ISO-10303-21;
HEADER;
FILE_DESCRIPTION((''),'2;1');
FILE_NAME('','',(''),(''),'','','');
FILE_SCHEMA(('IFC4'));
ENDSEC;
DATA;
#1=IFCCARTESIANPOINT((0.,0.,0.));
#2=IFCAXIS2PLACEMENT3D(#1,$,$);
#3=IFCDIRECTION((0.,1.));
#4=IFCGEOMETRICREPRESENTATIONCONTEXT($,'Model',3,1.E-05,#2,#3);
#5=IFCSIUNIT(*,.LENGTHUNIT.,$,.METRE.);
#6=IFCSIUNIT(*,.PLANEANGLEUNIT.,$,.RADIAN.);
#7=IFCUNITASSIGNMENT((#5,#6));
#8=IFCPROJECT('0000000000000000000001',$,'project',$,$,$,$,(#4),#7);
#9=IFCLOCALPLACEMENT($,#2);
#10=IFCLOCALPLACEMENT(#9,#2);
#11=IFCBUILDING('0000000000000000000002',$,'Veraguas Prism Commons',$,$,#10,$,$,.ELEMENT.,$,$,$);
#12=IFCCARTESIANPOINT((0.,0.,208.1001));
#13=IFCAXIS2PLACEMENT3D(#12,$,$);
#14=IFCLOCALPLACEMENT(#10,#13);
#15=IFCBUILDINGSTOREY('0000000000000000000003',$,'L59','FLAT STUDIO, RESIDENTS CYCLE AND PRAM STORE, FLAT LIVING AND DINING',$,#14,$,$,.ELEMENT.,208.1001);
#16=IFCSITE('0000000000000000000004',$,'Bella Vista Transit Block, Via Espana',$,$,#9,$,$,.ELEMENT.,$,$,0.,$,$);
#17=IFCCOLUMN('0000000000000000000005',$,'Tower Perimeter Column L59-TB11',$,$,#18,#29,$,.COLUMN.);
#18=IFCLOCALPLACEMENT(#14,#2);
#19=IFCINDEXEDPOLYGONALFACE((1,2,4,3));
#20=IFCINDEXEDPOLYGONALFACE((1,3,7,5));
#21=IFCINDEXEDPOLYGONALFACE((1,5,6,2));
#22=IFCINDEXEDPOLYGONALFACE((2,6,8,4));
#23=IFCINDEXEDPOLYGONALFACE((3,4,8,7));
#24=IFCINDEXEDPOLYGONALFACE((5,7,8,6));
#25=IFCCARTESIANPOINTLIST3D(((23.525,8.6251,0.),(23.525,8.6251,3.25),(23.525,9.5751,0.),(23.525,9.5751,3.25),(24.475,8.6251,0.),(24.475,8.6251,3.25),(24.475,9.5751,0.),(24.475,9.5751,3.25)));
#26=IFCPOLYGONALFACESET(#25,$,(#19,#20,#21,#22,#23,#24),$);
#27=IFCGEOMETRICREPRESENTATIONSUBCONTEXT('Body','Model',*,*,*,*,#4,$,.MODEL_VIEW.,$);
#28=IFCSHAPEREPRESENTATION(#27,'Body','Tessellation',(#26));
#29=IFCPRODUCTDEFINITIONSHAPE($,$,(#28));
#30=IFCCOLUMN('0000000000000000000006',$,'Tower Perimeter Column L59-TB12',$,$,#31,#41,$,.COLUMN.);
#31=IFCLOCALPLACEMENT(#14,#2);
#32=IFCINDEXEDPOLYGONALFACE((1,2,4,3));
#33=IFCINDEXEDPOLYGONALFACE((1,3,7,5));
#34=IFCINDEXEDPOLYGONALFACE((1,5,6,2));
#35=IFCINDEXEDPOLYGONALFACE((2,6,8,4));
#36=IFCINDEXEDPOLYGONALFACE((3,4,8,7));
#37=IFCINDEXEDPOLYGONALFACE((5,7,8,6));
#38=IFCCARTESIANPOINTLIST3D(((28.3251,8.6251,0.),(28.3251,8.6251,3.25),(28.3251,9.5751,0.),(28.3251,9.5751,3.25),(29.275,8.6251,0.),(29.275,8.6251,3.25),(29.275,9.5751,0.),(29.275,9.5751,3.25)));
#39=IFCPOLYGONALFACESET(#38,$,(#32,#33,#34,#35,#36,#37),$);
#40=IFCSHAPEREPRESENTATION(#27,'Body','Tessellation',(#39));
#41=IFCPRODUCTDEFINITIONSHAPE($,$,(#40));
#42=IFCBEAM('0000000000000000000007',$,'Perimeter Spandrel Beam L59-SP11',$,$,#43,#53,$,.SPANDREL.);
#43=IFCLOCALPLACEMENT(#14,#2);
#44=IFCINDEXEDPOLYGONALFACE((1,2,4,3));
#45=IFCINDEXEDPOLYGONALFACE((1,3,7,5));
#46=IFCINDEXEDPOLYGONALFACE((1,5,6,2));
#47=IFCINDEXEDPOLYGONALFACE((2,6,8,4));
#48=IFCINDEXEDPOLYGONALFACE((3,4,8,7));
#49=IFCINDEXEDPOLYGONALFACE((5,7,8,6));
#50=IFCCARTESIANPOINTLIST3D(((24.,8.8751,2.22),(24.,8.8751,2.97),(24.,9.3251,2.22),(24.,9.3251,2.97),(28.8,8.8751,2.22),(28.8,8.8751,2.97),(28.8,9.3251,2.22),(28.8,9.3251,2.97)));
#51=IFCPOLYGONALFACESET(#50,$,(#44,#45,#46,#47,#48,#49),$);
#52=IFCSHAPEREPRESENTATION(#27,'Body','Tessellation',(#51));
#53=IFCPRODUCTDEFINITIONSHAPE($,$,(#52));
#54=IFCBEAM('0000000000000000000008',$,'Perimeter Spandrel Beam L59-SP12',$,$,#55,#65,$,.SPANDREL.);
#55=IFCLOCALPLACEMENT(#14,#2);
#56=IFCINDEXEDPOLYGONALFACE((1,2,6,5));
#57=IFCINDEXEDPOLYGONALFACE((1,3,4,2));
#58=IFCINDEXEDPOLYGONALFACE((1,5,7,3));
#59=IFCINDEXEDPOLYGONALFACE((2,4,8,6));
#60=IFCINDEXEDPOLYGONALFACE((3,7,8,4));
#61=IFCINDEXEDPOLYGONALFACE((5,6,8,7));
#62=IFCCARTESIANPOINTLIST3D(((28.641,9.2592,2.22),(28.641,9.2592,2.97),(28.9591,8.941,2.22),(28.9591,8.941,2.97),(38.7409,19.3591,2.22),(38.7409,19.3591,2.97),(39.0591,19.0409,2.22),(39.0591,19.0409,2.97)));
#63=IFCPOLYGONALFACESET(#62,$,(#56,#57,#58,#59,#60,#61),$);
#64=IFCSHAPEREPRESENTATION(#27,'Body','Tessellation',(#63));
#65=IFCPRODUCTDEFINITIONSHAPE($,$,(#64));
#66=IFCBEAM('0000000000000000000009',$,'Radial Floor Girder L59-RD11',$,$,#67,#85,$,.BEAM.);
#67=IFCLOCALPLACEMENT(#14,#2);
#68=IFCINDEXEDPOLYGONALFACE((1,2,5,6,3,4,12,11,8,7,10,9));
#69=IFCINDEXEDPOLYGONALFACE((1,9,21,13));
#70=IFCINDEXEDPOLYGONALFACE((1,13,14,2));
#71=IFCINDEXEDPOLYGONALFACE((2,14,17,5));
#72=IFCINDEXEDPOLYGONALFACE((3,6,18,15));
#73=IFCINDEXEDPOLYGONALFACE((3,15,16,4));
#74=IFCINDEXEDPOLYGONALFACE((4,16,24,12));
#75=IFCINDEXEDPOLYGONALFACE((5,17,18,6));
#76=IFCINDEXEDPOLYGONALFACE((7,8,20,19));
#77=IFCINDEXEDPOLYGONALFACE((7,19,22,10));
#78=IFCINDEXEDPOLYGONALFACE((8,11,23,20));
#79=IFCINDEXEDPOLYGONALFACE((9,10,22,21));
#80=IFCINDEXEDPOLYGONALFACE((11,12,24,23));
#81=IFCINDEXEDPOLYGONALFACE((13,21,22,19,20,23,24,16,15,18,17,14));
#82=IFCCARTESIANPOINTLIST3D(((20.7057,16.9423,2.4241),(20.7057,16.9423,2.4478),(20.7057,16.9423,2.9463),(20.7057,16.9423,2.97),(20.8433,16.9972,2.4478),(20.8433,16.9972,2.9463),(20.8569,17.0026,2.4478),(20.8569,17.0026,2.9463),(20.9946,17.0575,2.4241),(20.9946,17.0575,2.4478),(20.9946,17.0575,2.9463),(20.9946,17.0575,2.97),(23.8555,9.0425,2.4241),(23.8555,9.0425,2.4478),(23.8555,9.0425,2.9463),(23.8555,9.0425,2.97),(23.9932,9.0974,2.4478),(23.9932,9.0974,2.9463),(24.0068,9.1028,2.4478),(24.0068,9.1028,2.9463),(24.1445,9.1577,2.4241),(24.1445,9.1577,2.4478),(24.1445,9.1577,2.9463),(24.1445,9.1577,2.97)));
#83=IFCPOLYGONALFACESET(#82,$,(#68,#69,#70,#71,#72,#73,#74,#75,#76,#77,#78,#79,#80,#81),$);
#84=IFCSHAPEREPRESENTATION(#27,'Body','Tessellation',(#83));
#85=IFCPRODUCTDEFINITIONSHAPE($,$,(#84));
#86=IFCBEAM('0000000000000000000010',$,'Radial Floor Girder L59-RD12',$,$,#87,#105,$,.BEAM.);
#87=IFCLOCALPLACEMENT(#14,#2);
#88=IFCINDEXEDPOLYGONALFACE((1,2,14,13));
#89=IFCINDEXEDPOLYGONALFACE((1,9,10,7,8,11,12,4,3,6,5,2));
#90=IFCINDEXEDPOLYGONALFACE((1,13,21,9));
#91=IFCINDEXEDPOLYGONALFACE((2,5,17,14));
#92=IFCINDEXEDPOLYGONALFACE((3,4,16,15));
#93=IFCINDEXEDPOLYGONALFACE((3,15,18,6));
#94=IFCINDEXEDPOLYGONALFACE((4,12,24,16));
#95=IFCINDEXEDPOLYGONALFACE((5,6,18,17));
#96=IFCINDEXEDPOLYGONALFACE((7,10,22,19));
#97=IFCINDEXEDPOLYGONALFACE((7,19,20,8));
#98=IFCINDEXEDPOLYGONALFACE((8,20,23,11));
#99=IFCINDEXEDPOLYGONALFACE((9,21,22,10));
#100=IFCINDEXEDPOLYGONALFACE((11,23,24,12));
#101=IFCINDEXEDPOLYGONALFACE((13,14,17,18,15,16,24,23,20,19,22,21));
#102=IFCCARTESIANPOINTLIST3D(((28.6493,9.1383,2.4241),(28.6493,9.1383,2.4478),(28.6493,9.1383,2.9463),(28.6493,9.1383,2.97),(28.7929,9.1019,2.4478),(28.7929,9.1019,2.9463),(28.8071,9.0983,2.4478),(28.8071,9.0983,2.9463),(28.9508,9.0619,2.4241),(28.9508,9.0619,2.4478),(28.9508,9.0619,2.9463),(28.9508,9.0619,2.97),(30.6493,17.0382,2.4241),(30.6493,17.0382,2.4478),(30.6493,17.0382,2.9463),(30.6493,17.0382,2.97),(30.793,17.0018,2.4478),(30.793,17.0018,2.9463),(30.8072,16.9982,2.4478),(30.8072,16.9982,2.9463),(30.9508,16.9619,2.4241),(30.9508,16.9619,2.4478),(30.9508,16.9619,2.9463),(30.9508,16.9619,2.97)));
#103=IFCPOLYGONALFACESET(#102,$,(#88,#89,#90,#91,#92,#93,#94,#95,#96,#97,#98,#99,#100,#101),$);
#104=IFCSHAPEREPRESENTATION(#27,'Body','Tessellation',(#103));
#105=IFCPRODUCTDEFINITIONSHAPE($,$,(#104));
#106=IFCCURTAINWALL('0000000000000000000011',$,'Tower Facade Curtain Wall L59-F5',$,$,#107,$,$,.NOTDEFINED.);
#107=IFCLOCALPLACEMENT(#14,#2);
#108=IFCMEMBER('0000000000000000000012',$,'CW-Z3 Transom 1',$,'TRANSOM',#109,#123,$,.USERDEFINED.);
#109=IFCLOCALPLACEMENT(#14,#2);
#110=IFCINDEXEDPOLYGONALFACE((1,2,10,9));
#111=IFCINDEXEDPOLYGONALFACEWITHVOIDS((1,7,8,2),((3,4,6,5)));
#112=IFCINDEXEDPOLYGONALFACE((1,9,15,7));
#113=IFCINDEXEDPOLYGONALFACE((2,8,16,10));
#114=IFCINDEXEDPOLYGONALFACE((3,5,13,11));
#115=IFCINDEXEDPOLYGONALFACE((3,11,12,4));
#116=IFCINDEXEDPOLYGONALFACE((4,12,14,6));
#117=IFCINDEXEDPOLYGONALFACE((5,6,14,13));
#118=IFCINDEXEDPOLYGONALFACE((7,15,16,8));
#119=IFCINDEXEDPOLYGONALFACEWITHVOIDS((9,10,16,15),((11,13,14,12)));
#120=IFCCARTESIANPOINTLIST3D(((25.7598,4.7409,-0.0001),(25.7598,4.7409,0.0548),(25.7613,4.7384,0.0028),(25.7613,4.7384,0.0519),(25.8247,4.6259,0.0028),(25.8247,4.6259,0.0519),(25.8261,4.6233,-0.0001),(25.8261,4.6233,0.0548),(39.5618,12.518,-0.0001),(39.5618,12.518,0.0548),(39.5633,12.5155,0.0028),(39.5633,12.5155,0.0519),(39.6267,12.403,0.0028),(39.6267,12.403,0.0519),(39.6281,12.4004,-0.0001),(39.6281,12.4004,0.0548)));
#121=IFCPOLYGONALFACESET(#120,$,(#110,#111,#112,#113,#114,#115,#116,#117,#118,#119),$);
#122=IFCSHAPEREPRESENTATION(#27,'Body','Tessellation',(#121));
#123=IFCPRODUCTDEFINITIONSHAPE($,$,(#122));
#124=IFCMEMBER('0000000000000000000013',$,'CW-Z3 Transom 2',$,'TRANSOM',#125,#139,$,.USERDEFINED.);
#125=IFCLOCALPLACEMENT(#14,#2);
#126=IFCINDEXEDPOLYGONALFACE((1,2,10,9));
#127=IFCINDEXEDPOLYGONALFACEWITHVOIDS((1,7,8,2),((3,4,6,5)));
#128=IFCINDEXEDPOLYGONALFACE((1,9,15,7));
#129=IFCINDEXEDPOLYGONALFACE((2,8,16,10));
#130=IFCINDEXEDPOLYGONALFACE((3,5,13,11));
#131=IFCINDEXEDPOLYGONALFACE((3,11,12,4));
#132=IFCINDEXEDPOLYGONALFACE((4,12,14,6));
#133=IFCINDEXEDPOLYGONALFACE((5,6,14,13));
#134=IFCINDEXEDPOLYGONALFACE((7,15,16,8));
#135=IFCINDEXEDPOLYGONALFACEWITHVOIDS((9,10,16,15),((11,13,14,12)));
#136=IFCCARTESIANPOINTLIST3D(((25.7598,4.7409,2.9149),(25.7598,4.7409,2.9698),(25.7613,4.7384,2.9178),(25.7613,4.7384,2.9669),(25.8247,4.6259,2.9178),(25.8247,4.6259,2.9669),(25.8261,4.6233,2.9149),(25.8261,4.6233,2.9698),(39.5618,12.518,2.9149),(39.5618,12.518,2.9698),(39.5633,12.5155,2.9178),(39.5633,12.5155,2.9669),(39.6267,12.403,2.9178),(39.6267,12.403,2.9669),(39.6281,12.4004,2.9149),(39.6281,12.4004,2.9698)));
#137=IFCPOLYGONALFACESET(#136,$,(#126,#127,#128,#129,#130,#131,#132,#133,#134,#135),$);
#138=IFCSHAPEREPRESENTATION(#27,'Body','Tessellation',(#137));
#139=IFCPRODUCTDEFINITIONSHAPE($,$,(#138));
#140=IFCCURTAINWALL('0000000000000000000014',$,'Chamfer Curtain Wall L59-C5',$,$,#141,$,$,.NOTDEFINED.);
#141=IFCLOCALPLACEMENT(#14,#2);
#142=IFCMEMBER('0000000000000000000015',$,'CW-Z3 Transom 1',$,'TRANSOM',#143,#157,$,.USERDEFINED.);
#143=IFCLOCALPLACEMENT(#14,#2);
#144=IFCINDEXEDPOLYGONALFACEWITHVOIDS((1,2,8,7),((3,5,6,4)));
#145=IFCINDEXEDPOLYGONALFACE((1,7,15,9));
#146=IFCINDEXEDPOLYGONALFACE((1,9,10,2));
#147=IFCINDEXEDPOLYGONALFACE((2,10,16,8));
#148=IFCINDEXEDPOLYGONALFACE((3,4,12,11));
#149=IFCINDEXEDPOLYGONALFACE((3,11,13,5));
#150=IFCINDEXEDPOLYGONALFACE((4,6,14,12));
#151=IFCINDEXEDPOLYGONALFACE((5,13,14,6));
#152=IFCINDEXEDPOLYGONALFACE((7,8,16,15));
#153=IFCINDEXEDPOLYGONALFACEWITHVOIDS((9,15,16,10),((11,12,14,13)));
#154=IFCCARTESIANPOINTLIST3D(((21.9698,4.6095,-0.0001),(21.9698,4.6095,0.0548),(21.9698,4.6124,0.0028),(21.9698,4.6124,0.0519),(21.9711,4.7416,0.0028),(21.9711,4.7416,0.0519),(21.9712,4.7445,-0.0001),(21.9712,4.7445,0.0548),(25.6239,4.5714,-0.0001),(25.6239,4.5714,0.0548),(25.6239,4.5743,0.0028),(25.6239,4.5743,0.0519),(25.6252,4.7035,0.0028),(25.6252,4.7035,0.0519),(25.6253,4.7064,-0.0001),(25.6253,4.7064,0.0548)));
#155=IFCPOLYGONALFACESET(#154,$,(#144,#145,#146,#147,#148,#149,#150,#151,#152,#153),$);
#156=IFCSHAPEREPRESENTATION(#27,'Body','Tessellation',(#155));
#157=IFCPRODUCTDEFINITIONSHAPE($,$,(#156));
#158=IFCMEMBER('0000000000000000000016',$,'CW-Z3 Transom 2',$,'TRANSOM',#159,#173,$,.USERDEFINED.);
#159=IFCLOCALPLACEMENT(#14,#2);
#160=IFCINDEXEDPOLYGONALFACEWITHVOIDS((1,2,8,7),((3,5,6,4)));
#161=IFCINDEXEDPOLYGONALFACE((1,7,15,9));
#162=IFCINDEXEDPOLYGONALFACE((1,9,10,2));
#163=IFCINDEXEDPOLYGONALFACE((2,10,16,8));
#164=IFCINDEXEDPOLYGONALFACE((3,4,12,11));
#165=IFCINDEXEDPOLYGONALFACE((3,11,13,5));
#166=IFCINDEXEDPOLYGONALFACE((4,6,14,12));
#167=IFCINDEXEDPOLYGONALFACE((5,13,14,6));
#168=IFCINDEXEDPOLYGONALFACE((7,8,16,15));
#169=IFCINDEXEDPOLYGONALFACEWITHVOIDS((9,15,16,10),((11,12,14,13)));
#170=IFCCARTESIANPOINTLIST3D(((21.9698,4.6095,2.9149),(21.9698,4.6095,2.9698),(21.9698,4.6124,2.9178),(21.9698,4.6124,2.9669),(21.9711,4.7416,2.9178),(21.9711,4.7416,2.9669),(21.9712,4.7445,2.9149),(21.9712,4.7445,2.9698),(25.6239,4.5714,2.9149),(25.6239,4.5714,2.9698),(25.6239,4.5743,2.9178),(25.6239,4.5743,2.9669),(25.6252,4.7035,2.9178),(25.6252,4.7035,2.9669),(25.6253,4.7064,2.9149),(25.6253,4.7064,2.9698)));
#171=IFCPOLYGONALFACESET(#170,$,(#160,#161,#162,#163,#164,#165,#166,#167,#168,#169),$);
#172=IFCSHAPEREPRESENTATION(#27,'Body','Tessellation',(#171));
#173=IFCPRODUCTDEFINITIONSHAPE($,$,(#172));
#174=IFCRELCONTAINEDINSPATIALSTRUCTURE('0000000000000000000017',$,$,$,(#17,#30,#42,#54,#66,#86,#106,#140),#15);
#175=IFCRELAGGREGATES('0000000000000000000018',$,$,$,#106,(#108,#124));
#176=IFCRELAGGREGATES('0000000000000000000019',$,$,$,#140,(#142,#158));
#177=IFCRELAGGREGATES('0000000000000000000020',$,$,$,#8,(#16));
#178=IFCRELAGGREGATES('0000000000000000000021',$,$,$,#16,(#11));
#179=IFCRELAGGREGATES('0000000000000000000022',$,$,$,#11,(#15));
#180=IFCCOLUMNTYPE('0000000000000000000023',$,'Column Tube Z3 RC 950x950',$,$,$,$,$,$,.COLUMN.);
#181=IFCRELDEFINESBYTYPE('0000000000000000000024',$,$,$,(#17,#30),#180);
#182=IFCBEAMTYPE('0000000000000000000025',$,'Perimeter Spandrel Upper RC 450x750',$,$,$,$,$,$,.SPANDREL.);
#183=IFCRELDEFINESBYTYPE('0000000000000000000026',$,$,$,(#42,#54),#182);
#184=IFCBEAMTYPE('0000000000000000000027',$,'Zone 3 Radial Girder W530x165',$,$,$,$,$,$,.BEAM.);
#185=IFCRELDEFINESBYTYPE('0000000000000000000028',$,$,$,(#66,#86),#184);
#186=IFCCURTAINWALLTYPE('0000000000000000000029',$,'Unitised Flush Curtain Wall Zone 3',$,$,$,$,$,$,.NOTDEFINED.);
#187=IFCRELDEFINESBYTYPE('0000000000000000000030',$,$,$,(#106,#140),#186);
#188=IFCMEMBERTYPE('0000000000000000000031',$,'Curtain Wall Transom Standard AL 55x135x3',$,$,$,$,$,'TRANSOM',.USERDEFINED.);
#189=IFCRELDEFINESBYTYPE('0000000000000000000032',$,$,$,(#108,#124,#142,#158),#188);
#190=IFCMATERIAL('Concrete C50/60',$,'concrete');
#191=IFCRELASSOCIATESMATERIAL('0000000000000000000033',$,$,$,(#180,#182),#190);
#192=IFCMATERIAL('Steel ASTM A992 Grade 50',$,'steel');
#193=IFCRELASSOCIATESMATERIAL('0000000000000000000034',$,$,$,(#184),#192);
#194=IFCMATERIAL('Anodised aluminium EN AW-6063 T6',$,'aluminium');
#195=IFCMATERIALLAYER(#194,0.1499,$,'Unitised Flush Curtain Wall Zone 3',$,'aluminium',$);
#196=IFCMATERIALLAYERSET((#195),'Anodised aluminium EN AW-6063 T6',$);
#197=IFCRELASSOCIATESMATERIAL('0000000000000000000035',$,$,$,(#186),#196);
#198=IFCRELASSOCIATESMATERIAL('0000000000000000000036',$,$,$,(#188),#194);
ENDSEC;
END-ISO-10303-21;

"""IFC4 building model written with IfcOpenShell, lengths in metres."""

from ifc_helpers import new_model, si_unit, direction, frame, origin, origin_2d, place, context, subcontext, project, spatial, rectangle, hollow_rectangle, i_section, extrude, source, transform, mapped, material, layer, layer_set, material_profile, profile_set, type_object, element, aggregate, save


model = new_model("IFC4")

# Units and contexts
model_context = context("Model", 3, precision=1e-05, world=origin(), true_north=direction((0.0, 1.0)))
body_context = subcontext(model_context, "Body", "Model", "MODEL_VIEW")
ifc_project = project(units=[si_unit("LENGTHUNIT", "METRE"), si_unit("PLANEANGLEUNIT", "RADIAN")], contexts=[model_context])

# Site, building, storey
site_placement = place(None, origin())
site = spatial("IfcSite", under=ifc_project, at=site_placement, Name="Bella Vista Transit Block, Via Espana", CompositionType="ELEMENT", RefElevation=0.0)
building_placement = place(site_placement, origin())
building = spatial("IfcBuilding", under=site, at=building_placement, Name="Veraguas Prism Commons", CompositionType="ELEMENT")
storey_placement = place(building_placement, frame((0.0, 0.0, 208.1001)))
storey = spatial("IfcBuildingStorey", under=building, at=storey_placement, Name="L59", Description="FLAT STUDIO, RESIDENTS CYCLE AND PRAM STORE, FLAT LIVING AND DINING", CompositionType="ELEMENT", Elevation=208.1001)

# Columns
ifc_material_1 = material(Name="Concrete C50/60", Category="concrete")
ifc_material_profile_1 = material_profile(ifc_material_1, rectangle(XDim=0.95, YDim=0.95, at=origin_2d()), Name="RC950X950")
ifc_profile_set_1 = profile_set([ifc_material_profile_1], Name="Concrete C50/60")
column_type = type_object("IfcColumnType", Name="Column Tube Z3 RC 950x950", PredefinedType="COLUMN", material=ifc_profile_set_1)
for number, where, z_axis, x_axis, name in (
    (1, (24.0, 9.1001, 0.0), (0.0, 0.0, 1.0), (1.0, 0.0, 0.0), "Tower Perimeter Column L59-TB11"),
    (2, (28.8, 9.1001, 0.0), (0.0, 0.0, 1.0), (1.0, 0.0, 0.0), "Tower Perimeter Column L59-TB12"),
):
    element("IfcColumn", number, at=place(storey_placement, frame(where, z_axis=z_axis, x_axis=x_axis)), inside=storey, type_object=column_type, Name=name, PredefinedType="COLUMN", context=body_context, shape_type="SweptSolid", body=[
        extrude(rectangle(XDim=0.95, YDim=0.95, at=origin_2d()), origin(), (0.0, 0.0, 1.0), 3.25),
    ])

# Beams
ifc_material_profile_2 = material_profile(ifc_material_1, rectangle(XDim=0.45, YDim=0.75, at=origin_2d()), Name="RC450X750")
ifc_profile_set_2 = profile_set([ifc_material_profile_2], Name="Concrete C50/60")
beam_type_1 = type_object("IfcBeamType", Name="Perimeter Spandrel Upper RC 450x750", PredefinedType="SPANDREL", material=ifc_profile_set_2)
beam_1_placement = place(storey_placement, frame((24.0, 9.1001, 2.595), z_axis=(1.0, 0.0, 0.0), x_axis=(0.0, 1.0, 0.0)))
element("IfcBeam", 3, at=beam_1_placement, inside=storey, type_object=beam_type_1, Name="Perimeter Spandrel Beam L59-SP11", PredefinedType="SPANDREL", context=body_context, shape_type="SweptSolid", body=[
    extrude(rectangle(XDim=0.45, YDim=0.75, at=origin_2d()), origin(), (0.0, 0.0, 1.0), 4.8),
])
beam_2_placement = place(storey_placement, frame((28.8, 9.1001, 2.595), z_axis=(0.707107, 0.707107, 0.0), x_axis=(-0.707107, 0.707107, 0.0)))
element("IfcBeam", 4, at=beam_2_placement, inside=storey, type_object=beam_type_1, Name="Perimeter Spandrel Beam L59-SP12", PredefinedType="SPANDREL", context=body_context, shape_type="SweptSolid", body=[
    extrude(rectangle(XDim=0.45, YDim=0.75, at=origin_2d()), origin(), (0.0, 0.0, 1.0), 14.2834),
])
ifc_material_2 = material(Name="Steel ASTM A992 Grade 50", Category="steel")
ifc_material_profile_3 = material_profile(ifc_material_2, i_section(OverallWidth=0.311, OverallDepth=0.5459, WebThickness=0.0146, FlangeThickness=0.0237, at=origin_2d()), Name="W530X165")
ifc_profile_set_3 = profile_set([ifc_material_profile_3], Name="Steel ASTM A992 Grade 50")
beam_type_2 = type_object("IfcBeamType", Name="Zone 3 Radial Girder W530x165", PredefinedType="BEAM", material=ifc_profile_set_3)
beam_3_placement = place(storey_placement, frame((24.0, 9.1001, 2.697), z_axis=(-0.370371, 0.928884, 0.0), x_axis=(-0.928884, -0.370371, 0.0)))
element("IfcBeam", 5, at=beam_3_placement, inside=storey, type_object=beam_type_2, Name="Radial Floor Girder L59-RD11", PredefinedType="BEAM", context=body_context, shape_type="SweptSolid", body=[
    extrude(i_section(OverallWidth=0.311, OverallDepth=0.5459, WebThickness=0.0146, FlangeThickness=0.0237, at=origin_2d()), origin(), (0.0, 0.0, 1.0), 8.5046),
])
beam_4_placement = place(storey_placement, frame((28.8, 9.1001, 2.697), z_axis=(0.245425, 0.969416, 0.0), x_axis=(-0.969416, 0.245425, 0.0)))
element("IfcBeam", 6, at=beam_4_placement, inside=storey, type_object=beam_type_2, Name="Radial Floor Girder L59-RD12", PredefinedType="BEAM", context=body_context, shape_type="SweptSolid", body=[
    extrude(i_section(OverallWidth=0.311, OverallDepth=0.5459, WebThickness=0.0146, FlangeThickness=0.0237, at=origin_2d()), origin(), (0.0, 0.0, 1.0), 8.1492),
])

# Curtain walls, members
ifc_material_3 = material(Name="Anodised aluminium EN AW-6063 T6", Category="aluminium")
ifc_layer_1 = layer(ifc_material_3, 0.1499, Name="Unitised Flush Curtain Wall Zone 3", Category="aluminium")
ifc_layer_set_1 = layer_set([ifc_layer_1], Name="Anodised aluminium EN AW-6063 T6")
curtain_wall_type = type_object("IfcCurtainWallType", Name="Unitised Flush Curtain Wall Zone 3", PredefinedType="NOTDEFINED", material=ifc_layer_set_1)
curtain_wall_1_placement = place(storey_placement, origin())
curtain_wall_1 = element("IfcCurtainWall", 7, at=curtain_wall_1_placement, inside=storey, type_object=curtain_wall_type, Name="Tower Facade Curtain Wall L59-F5", PredefinedType="NOTDEFINED")
ifc_material_profile_4 = material_profile(ifc_material_3, hollow_rectangle(XDim=0.0549, YDim=0.135, WallThickness=0.0029, at=origin_2d()), Name="AL55X135X3")
ifc_profile_set_4 = profile_set([ifc_material_profile_4], Name="Anodised aluminium EN AW-6063 T6")
member_type_1 = type_object("IfcMemberType", Name="Curtain Wall Transom Standard AL 55x135x3", ElementType="TRANSOM", PredefinedType="USERDEFINED", material=ifc_profile_set_4)
shared_shape_1 = source(origin(), body_context, "Body", "SweptSolid", [
    extrude(hollow_rectangle(XDim=0.0549, YDim=0.135, WallThickness=0.0029, at=origin_2d()), origin(), (0.0, 0.0, 1.0), 15.8423),
])
member_1_placement = place(storey_placement, frame((25.793, 4.6821, 0.0273), z_axis=(0.871212, 0.490907, 0.0), x_axis=(0.0, 0.0, 1.0)))
member_1 = element("IfcMember", 8, at=member_1_placement, type_object=member_type_1, Name="CW-Z3 Transom 1", ObjectType="TRANSOM", PredefinedType="USERDEFINED", context=body_context, shape_type="MappedRepresentation", body=[
    mapped(shared_shape_1, transform((0.0, 0.0, 0.0), scale=1.0)),
])
member_2_placement = place(storey_placement, frame((25.793, 4.6821, 2.9424), z_axis=(0.871212, 0.490907, 0.0), x_axis=(0.0, 0.0, 1.0)))
member_2 = element("IfcMember", 9, at=member_2_placement, type_object=member_type_1, Name="CW-Z3 Transom 2", ObjectType="TRANSOM", PredefinedType="USERDEFINED", context=body_context, shape_type="MappedRepresentation", body=[
    mapped(shared_shape_1, transform((0.0, 0.0, 0.0), scale=1.0)),
])
curtain_wall_2_placement = place(storey_placement, origin())
curtain_wall_2 = element("IfcCurtainWall", 10, at=curtain_wall_2_placement, inside=storey, type_object=curtain_wall_type, Name="Chamfer Curtain Wall L59-C5", PredefinedType="NOTDEFINED")
shared_shape_2 = source(origin(), body_context, "Body", "SweptSolid", [
    extrude(hollow_rectangle(XDim=0.0549, YDim=0.135, WallThickness=0.0029, at=origin_2d()), origin(), (0.0, 0.0, 1.0), 3.6543),
])
member_3_placement = place(storey_placement, frame((21.9705, 4.677, 0.0273), z_axis=(0.999946, -0.010422, 0.0), x_axis=(0.0, 0.0, 1.0)))
member_3 = element("IfcMember", 11, at=member_3_placement, type_object=member_type_1, Name="CW-Z3 Transom 1", ObjectType="TRANSOM", PredefinedType="USERDEFINED", context=body_context, shape_type="MappedRepresentation", body=[
    mapped(shared_shape_2, transform((0.0, 0.0, 0.0), scale=1.0)),
])
member_4_placement = place(storey_placement, frame((21.9705, 4.677, 2.9424), z_axis=(0.999946, -0.010422, 0.0), x_axis=(0.0, 0.0, 1.0)))
member_4 = element("IfcMember", 12, at=member_4_placement, type_object=member_type_1, Name="CW-Z3 Transom 2", ObjectType="TRANSOM", PredefinedType="USERDEFINED", context=body_context, shape_type="MappedRepresentation", body=[
    mapped(shared_shape_2, transform((0.0, 0.0, 0.0), scale=1.0)),
])

aggregate(curtain_wall_1, [member_1, member_2])
aggregate(curtain_wall_2, [member_3, member_4])

save(model, "model.ifc")
